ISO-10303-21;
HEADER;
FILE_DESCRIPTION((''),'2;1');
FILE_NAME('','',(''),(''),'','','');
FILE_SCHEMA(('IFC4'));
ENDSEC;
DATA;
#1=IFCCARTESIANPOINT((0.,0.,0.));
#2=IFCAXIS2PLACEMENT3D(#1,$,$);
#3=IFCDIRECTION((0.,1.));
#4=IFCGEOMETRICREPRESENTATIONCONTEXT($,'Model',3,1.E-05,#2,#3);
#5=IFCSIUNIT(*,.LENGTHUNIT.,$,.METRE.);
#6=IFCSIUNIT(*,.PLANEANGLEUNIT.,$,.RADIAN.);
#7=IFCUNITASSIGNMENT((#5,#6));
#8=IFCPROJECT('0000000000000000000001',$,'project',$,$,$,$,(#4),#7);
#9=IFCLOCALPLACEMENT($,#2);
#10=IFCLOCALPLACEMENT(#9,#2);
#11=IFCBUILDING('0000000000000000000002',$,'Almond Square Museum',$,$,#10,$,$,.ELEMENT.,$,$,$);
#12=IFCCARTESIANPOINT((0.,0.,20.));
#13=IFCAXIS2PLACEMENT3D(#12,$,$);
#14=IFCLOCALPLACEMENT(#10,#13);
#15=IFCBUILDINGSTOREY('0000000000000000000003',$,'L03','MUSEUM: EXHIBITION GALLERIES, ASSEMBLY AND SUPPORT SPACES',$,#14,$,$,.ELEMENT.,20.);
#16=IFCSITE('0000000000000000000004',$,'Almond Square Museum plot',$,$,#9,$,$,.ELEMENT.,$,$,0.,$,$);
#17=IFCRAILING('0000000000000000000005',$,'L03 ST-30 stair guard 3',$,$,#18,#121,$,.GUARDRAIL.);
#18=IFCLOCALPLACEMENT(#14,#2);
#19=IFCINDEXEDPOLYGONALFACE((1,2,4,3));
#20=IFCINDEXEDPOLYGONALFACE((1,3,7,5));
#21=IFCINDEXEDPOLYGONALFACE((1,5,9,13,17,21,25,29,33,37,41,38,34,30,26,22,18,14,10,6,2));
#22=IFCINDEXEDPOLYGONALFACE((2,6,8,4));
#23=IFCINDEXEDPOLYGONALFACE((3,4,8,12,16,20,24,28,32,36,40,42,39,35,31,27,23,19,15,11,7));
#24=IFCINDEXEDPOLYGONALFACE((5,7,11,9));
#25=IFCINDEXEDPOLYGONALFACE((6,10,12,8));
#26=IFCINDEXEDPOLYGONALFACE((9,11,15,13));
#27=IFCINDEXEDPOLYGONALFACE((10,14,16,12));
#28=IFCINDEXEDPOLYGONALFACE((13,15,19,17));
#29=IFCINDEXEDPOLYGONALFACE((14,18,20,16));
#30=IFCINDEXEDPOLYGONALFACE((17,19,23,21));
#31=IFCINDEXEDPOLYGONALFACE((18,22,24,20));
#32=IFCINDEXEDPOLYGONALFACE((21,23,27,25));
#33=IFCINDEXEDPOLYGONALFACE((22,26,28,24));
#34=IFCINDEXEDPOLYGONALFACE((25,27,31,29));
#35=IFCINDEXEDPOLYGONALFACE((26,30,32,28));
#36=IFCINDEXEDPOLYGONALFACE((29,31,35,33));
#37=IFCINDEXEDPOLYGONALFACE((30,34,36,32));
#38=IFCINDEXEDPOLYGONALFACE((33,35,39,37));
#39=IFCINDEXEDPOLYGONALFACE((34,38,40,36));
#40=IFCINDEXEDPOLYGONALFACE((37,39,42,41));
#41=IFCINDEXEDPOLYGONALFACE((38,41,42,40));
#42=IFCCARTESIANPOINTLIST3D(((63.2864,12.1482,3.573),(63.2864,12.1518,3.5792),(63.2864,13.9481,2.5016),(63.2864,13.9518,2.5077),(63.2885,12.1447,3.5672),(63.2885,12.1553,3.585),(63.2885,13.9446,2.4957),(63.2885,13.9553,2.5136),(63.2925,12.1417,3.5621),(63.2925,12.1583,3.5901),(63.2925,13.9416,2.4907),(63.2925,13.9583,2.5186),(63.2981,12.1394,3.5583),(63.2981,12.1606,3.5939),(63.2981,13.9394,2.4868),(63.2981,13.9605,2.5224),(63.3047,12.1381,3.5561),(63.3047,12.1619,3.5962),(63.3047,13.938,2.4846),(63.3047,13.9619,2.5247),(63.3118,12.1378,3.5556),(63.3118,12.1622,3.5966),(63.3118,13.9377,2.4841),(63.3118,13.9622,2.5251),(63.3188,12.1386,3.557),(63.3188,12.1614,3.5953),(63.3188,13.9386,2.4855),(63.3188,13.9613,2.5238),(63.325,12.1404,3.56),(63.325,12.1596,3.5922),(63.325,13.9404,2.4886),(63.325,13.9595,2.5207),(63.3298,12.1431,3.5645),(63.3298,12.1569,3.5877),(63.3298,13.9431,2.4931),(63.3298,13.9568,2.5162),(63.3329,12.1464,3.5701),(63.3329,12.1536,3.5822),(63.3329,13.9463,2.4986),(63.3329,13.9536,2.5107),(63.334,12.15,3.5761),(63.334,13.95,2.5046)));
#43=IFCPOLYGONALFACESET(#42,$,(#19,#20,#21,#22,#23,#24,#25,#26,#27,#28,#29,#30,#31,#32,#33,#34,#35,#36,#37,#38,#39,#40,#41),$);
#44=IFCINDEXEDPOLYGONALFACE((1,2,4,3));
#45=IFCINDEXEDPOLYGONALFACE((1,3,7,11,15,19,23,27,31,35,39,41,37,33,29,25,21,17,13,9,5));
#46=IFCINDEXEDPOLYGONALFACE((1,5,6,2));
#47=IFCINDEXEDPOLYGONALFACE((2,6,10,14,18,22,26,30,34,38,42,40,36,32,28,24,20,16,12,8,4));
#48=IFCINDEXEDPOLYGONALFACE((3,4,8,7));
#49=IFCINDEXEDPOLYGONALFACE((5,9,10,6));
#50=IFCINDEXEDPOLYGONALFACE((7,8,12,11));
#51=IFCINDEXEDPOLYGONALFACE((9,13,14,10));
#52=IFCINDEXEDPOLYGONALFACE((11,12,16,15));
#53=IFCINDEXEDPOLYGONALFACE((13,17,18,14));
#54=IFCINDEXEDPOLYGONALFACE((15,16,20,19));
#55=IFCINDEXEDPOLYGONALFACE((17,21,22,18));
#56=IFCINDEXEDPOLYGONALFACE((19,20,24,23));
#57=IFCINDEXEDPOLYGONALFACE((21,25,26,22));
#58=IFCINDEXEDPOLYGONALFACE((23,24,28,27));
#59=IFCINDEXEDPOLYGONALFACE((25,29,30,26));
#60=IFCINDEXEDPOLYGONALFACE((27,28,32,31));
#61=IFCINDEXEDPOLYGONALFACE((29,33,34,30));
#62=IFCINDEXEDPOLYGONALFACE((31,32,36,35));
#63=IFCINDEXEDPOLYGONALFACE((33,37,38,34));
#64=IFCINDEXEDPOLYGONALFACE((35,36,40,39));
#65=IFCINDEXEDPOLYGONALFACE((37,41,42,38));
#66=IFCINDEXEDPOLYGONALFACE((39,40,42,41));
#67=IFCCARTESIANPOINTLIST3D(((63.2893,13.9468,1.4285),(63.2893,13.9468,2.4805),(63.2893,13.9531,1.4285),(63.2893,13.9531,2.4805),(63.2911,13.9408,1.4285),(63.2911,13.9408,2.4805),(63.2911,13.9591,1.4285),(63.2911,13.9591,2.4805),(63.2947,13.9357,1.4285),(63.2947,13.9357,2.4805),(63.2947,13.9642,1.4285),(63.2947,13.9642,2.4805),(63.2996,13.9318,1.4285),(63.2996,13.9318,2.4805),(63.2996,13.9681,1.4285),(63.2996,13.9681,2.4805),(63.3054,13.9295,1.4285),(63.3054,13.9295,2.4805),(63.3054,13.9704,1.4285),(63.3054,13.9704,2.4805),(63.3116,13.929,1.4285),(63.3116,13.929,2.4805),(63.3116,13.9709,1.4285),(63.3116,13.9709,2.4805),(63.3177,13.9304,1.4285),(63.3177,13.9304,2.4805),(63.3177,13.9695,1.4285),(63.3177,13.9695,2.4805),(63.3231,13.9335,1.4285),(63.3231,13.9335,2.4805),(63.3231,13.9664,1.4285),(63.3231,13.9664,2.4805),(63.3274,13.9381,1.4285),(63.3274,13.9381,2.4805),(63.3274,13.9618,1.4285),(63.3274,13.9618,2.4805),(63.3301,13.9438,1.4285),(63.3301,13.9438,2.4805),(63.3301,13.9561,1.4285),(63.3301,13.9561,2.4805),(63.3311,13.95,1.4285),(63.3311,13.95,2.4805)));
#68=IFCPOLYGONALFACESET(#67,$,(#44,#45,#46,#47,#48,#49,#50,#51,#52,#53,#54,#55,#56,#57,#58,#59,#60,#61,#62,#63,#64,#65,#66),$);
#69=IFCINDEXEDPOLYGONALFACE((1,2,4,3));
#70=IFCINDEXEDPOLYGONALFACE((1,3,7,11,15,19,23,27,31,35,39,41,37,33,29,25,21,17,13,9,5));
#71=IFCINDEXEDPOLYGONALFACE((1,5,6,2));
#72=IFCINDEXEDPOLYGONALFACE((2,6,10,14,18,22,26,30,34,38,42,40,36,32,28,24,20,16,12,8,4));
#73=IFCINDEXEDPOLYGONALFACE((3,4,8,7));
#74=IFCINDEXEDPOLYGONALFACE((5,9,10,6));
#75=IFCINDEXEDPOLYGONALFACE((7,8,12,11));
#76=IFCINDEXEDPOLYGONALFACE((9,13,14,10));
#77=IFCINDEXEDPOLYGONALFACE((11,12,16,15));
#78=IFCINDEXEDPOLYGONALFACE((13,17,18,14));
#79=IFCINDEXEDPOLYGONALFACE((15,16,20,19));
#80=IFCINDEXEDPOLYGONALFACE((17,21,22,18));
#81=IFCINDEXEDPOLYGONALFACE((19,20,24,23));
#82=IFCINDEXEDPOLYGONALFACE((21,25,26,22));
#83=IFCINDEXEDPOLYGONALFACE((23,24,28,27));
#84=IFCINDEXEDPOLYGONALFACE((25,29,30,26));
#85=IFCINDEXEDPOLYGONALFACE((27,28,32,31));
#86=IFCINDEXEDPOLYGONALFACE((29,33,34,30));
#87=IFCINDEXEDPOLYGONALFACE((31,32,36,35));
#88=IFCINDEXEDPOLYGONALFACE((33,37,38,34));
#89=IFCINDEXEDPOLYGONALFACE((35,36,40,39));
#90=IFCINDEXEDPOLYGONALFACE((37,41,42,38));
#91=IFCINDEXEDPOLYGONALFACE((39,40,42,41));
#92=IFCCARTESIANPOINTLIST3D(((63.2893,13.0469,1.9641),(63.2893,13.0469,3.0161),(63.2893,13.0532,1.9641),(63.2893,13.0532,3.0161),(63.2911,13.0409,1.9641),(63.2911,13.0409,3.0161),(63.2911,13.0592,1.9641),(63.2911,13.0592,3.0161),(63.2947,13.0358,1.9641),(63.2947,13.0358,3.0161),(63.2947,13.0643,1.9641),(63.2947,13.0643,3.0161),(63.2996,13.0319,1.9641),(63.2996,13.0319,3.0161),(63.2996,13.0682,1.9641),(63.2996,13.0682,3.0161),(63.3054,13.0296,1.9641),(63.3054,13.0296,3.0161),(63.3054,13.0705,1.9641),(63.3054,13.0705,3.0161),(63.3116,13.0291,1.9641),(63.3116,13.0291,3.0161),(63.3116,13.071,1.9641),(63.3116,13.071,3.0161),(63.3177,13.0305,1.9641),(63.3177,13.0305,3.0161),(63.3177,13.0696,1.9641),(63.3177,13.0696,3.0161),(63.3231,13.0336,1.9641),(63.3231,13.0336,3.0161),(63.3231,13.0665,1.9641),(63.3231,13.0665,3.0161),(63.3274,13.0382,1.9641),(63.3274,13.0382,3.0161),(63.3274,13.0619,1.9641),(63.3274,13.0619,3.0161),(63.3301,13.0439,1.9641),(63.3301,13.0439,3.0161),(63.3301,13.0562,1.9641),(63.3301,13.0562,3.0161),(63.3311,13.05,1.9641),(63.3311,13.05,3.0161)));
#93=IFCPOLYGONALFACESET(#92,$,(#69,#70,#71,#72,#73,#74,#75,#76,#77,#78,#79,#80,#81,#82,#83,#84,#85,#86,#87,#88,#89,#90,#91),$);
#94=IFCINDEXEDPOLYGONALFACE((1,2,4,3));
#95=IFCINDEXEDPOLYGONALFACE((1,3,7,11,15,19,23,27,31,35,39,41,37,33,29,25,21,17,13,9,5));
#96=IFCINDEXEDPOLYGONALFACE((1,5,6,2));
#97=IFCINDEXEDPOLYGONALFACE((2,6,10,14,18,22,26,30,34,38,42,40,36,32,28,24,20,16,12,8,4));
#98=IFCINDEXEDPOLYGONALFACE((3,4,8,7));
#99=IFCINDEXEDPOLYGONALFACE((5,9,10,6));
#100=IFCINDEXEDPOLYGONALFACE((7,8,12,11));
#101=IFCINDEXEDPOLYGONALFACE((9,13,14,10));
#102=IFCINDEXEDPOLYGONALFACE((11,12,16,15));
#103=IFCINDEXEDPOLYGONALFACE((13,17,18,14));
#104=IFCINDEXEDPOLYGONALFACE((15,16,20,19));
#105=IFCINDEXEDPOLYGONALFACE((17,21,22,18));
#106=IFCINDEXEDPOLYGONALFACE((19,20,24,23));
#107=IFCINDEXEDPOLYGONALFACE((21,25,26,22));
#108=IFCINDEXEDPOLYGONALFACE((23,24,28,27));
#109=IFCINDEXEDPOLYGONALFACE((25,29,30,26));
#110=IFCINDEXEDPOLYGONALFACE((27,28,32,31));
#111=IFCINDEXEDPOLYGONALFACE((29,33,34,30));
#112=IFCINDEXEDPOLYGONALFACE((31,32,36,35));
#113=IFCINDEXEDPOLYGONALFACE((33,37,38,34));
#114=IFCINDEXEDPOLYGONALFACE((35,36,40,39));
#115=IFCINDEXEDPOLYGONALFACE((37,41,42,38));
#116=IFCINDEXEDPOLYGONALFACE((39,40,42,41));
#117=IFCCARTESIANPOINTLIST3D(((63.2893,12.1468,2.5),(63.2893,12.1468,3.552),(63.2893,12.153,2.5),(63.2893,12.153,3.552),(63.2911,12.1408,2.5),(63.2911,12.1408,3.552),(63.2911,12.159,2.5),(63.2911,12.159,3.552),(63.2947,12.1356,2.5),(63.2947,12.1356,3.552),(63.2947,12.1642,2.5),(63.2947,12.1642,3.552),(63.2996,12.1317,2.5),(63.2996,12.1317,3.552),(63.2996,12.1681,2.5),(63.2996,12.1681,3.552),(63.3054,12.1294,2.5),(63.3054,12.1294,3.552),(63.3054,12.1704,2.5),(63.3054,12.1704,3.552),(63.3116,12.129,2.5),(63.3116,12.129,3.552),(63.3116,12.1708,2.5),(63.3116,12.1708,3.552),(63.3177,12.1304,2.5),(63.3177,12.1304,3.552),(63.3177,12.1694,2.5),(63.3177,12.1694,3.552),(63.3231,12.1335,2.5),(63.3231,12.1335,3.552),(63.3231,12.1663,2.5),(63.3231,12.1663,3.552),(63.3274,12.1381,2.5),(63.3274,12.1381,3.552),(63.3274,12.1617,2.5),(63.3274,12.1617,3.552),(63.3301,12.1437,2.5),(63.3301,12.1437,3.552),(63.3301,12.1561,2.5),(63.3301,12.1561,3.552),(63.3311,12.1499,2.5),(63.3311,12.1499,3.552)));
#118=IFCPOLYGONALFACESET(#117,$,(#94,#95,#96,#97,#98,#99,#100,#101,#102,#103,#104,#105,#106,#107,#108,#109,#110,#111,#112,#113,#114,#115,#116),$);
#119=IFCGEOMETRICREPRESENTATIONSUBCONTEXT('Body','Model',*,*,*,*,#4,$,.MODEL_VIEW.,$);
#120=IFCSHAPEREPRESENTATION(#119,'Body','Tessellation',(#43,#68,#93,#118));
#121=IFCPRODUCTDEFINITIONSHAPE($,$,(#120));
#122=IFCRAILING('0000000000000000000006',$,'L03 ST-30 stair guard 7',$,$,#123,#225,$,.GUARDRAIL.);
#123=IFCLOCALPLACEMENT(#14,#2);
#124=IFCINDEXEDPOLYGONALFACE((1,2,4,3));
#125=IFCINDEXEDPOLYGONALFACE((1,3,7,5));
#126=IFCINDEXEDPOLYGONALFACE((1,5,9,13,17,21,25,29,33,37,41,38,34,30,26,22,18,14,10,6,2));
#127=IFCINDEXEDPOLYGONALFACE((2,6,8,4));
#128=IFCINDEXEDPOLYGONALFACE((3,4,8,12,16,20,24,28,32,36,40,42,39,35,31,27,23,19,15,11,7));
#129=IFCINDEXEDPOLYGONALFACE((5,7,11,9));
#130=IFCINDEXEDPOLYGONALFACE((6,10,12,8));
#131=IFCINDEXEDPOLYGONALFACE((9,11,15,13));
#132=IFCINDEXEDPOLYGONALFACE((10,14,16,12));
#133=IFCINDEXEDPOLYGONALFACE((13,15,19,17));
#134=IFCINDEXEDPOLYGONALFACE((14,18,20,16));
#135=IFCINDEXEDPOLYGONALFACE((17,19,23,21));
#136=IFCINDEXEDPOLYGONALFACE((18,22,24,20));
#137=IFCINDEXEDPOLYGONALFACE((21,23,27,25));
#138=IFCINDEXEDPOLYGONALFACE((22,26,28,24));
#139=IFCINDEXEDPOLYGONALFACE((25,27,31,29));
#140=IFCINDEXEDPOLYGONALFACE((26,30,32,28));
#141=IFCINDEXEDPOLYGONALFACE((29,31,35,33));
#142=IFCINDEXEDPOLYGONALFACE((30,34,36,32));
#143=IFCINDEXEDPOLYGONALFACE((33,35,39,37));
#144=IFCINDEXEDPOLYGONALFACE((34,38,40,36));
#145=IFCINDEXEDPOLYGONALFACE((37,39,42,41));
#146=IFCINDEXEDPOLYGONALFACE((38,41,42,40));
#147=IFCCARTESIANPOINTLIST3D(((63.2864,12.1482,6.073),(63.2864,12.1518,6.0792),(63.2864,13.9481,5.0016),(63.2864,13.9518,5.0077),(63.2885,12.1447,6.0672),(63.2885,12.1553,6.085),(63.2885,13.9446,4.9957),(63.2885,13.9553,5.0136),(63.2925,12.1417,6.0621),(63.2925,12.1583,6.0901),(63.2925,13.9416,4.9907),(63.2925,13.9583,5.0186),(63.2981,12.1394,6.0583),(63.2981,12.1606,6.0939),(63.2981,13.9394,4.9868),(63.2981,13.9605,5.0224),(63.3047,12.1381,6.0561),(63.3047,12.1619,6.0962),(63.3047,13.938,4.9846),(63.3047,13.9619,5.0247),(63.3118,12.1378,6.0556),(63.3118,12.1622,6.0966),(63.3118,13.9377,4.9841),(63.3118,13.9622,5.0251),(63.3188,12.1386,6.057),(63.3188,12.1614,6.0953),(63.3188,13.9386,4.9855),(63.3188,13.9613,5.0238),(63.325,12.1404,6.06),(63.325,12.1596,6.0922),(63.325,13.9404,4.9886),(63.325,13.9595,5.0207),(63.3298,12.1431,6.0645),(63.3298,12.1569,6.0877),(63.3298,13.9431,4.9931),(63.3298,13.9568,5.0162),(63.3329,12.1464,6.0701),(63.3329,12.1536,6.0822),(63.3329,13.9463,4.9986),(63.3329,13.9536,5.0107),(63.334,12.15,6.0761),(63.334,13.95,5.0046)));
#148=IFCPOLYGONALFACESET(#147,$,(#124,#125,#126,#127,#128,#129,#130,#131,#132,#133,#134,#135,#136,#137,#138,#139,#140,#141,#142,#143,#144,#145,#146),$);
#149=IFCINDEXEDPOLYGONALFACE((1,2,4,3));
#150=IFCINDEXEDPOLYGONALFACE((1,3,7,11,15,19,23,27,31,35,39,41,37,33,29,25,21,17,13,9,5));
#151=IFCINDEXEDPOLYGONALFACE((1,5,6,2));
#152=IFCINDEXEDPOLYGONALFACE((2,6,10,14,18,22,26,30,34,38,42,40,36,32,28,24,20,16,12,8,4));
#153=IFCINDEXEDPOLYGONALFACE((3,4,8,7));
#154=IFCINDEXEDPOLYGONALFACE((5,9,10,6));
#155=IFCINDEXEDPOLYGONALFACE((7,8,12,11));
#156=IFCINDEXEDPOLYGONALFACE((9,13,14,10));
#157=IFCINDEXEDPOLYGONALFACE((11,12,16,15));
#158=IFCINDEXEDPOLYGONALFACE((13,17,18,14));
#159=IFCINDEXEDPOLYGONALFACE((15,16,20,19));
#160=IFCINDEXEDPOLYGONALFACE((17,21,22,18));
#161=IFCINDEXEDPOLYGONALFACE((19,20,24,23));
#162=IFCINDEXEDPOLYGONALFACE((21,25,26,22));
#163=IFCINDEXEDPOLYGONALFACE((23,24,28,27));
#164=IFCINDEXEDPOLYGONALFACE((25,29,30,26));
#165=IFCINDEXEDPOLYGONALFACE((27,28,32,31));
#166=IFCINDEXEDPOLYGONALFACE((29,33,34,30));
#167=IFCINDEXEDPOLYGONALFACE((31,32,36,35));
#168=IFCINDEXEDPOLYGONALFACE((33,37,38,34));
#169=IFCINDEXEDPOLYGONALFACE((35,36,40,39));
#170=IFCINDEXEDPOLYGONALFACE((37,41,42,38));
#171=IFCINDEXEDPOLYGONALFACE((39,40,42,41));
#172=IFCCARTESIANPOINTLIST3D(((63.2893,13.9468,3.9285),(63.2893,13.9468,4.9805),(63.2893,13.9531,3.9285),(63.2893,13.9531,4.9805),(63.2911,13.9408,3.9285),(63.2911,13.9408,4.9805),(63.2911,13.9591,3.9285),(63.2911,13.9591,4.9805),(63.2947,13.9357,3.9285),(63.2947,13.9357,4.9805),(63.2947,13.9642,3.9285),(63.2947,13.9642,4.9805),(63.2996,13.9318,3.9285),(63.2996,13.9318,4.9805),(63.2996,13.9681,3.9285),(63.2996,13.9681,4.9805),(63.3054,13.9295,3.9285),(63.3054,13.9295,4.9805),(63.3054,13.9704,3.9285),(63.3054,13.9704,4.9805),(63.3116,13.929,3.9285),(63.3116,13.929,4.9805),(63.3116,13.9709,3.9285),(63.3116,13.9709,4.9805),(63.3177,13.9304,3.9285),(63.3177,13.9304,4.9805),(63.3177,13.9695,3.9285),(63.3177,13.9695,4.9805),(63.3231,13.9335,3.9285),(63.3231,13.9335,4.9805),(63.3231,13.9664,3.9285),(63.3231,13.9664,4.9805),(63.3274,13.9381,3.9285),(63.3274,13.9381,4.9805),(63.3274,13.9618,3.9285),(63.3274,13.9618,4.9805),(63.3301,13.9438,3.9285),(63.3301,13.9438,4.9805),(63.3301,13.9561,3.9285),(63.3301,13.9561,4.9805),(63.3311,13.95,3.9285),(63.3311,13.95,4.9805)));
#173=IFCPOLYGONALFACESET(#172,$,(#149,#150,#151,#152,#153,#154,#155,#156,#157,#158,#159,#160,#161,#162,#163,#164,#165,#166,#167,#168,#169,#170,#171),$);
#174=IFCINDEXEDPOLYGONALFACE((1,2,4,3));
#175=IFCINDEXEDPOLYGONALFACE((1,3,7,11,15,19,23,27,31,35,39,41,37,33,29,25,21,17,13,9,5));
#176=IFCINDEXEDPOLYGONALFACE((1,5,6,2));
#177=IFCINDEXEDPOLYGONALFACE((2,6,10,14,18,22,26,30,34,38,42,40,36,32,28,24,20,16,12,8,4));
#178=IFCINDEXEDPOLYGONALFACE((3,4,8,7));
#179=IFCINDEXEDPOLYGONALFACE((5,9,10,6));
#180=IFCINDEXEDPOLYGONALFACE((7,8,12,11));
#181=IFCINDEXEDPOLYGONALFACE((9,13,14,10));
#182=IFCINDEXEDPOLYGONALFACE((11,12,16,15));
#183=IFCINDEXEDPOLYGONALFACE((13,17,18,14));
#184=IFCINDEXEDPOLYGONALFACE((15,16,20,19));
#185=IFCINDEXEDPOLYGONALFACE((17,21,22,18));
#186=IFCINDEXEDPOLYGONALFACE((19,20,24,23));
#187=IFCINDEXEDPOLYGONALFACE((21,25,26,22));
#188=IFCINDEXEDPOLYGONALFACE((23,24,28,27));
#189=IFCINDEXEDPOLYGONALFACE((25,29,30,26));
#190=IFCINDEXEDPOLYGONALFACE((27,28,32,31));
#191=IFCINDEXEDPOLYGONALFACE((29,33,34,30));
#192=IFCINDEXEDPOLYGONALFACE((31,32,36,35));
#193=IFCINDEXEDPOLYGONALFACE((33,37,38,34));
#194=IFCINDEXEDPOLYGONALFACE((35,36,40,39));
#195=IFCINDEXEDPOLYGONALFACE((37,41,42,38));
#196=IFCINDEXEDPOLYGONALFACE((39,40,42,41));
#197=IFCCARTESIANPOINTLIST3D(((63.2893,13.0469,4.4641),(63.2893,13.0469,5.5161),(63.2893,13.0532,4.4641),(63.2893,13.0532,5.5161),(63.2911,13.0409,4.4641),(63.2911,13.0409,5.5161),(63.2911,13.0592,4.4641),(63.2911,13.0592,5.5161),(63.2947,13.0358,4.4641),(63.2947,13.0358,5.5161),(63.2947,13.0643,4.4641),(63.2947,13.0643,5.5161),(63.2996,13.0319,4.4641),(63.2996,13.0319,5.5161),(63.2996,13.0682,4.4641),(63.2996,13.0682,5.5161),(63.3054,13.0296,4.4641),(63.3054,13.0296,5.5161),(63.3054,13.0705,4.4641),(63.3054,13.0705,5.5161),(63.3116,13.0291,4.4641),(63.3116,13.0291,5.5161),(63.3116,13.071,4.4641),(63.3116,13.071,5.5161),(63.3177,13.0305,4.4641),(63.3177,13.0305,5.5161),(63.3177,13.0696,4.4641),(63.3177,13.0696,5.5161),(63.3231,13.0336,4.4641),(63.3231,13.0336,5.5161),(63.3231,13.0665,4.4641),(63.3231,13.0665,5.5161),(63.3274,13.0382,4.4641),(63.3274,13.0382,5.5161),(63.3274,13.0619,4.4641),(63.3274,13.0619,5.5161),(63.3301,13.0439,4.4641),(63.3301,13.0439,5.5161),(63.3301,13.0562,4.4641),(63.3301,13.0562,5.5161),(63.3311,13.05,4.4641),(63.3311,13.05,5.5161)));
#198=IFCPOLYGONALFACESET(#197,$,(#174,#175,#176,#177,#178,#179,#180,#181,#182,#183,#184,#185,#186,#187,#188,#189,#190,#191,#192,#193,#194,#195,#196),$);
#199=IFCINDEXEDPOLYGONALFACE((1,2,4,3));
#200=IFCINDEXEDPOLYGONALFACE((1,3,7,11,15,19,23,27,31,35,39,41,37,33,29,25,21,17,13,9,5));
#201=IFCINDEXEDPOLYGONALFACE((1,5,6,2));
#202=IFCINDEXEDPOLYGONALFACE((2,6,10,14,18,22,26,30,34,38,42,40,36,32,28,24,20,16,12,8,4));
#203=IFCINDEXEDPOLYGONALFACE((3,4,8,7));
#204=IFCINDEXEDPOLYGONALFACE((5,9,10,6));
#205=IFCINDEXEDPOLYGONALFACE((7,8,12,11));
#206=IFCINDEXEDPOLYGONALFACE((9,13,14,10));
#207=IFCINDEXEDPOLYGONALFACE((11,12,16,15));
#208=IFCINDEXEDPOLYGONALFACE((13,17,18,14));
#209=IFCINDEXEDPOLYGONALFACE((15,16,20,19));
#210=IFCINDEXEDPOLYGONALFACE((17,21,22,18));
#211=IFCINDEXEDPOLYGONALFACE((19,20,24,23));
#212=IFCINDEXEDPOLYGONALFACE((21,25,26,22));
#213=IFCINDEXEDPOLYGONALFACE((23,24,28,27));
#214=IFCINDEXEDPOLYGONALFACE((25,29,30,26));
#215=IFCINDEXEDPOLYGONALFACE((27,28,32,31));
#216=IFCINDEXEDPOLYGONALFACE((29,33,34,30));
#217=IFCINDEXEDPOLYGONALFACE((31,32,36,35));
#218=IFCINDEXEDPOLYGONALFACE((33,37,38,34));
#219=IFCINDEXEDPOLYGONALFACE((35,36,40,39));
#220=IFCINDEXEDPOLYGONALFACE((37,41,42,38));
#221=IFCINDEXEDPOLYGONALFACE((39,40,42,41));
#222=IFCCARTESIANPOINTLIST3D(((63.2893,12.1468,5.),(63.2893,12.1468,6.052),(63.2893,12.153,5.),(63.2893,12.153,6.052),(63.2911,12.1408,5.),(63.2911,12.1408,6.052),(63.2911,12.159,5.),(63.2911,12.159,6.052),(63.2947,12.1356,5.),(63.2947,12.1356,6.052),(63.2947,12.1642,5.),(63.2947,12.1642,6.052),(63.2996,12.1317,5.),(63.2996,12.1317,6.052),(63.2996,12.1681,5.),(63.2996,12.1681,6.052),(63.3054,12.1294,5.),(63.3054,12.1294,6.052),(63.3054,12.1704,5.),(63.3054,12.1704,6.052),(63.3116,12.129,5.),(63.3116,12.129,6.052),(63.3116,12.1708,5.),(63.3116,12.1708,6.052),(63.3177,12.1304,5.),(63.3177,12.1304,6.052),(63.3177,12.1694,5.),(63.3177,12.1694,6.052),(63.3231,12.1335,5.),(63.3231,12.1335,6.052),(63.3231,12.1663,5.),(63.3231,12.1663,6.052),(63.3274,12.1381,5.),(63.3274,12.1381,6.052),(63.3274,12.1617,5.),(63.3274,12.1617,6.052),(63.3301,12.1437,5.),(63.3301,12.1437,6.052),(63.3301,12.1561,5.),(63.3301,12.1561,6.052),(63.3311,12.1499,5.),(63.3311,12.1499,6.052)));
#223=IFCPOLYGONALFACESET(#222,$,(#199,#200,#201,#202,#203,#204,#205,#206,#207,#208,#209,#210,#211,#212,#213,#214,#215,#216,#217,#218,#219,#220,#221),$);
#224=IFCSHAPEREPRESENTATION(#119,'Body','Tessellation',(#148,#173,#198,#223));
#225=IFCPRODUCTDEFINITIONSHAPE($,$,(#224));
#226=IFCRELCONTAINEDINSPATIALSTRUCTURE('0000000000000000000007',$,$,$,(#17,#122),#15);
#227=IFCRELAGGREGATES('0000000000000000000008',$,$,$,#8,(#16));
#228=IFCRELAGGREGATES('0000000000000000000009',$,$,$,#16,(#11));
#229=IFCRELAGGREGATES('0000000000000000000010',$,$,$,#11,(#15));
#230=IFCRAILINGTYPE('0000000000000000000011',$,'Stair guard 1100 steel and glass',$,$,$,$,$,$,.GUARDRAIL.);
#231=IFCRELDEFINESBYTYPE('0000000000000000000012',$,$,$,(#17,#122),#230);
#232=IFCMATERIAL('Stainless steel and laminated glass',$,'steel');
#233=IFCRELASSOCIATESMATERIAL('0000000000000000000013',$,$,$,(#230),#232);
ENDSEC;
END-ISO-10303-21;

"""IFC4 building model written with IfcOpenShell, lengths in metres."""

from ifc_helpers import new_model, si_unit, direction, frame, origin, origin_2d, place, context, subcontext, project, spatial, circle, extrude, material, type_object, element, save


model = new_model("IFC4")

# Units and contexts
model_context = context("Model", 3, precision=1e-05, world=origin(), true_north=direction((0.0, 1.0)))
body_context = subcontext(model_context, "Body", "Model", "MODEL_VIEW")
ifc_project = project(units=[si_unit("LENGTHUNIT", "METRE"), si_unit("PLANEANGLEUNIT", "RADIAN")], contexts=[model_context])

# Site, building, storey
site_placement = place(None, origin())
site = spatial("IfcSite", under=ifc_project, at=site_placement, Name="Almond Square Museum plot", CompositionType="ELEMENT", RefElevation=0.0)
building_placement = place(site_placement, origin())
building = spatial("IfcBuilding", under=site, at=building_placement, Name="Almond Square Museum", CompositionType="ELEMENT")
storey_placement = place(building_placement, frame((0.0, 0.0, 20.0)))
storey = spatial("IfcBuildingStorey", under=building, at=storey_placement, Name="L03", Description="MUSEUM: EXHIBITION GALLERIES, ASSEMBLY AND SUPPORT SPACES", CompositionType="ELEMENT", Elevation=20.0)

# Railings
ifc_material_1 = material(Name="Stainless steel and laminated glass", Category="steel")
railing_type_1 = type_object("IfcRailingType", Name="Stair guard 1100 steel and glass", PredefinedType="GUARDRAIL", material=ifc_material_1)
for number, where, name in (
    (1, (63.3101, 13.95, 1.4285), "L03 ST-30 stair guard 3"),
    (2, (63.3101, 13.95, 3.9285), "L03 ST-30 stair guard 7"),
):
    element("IfcRailing", number, at=place(storey_placement, frame(where)), inside=storey, type_object=railing_type_1, Name=name, PredefinedType="GUARDRAIL", context=body_context, shape_type="SweptSolid", body=[
        extrude(circle(Radius=0.0239, at=origin_2d()), frame((0.0, 0.0, 1.0762), z_axis=(0.0, -0.859277, 0.51151), x_axis=(1.0, 0.0, 0.0)), (0.0, 0.0, 1.0), 2.0947),
        extrude(circle(Radius=0.021, at=origin_2d()), origin(), (0.0, 0.0, 1.0), 1.052),
        extrude(circle(Radius=0.021, at=origin_2d()), frame((0.0, -0.8999, 0.5356)), (0.0, 0.0, 1.0), 1.052),
        extrude(circle(Radius=0.021, at=origin_2d()), frame((0.0, -1.8, 1.0715)), (0.0, 0.0, 1.0), 1.052),
    ])

save(model, "model.ifc")
